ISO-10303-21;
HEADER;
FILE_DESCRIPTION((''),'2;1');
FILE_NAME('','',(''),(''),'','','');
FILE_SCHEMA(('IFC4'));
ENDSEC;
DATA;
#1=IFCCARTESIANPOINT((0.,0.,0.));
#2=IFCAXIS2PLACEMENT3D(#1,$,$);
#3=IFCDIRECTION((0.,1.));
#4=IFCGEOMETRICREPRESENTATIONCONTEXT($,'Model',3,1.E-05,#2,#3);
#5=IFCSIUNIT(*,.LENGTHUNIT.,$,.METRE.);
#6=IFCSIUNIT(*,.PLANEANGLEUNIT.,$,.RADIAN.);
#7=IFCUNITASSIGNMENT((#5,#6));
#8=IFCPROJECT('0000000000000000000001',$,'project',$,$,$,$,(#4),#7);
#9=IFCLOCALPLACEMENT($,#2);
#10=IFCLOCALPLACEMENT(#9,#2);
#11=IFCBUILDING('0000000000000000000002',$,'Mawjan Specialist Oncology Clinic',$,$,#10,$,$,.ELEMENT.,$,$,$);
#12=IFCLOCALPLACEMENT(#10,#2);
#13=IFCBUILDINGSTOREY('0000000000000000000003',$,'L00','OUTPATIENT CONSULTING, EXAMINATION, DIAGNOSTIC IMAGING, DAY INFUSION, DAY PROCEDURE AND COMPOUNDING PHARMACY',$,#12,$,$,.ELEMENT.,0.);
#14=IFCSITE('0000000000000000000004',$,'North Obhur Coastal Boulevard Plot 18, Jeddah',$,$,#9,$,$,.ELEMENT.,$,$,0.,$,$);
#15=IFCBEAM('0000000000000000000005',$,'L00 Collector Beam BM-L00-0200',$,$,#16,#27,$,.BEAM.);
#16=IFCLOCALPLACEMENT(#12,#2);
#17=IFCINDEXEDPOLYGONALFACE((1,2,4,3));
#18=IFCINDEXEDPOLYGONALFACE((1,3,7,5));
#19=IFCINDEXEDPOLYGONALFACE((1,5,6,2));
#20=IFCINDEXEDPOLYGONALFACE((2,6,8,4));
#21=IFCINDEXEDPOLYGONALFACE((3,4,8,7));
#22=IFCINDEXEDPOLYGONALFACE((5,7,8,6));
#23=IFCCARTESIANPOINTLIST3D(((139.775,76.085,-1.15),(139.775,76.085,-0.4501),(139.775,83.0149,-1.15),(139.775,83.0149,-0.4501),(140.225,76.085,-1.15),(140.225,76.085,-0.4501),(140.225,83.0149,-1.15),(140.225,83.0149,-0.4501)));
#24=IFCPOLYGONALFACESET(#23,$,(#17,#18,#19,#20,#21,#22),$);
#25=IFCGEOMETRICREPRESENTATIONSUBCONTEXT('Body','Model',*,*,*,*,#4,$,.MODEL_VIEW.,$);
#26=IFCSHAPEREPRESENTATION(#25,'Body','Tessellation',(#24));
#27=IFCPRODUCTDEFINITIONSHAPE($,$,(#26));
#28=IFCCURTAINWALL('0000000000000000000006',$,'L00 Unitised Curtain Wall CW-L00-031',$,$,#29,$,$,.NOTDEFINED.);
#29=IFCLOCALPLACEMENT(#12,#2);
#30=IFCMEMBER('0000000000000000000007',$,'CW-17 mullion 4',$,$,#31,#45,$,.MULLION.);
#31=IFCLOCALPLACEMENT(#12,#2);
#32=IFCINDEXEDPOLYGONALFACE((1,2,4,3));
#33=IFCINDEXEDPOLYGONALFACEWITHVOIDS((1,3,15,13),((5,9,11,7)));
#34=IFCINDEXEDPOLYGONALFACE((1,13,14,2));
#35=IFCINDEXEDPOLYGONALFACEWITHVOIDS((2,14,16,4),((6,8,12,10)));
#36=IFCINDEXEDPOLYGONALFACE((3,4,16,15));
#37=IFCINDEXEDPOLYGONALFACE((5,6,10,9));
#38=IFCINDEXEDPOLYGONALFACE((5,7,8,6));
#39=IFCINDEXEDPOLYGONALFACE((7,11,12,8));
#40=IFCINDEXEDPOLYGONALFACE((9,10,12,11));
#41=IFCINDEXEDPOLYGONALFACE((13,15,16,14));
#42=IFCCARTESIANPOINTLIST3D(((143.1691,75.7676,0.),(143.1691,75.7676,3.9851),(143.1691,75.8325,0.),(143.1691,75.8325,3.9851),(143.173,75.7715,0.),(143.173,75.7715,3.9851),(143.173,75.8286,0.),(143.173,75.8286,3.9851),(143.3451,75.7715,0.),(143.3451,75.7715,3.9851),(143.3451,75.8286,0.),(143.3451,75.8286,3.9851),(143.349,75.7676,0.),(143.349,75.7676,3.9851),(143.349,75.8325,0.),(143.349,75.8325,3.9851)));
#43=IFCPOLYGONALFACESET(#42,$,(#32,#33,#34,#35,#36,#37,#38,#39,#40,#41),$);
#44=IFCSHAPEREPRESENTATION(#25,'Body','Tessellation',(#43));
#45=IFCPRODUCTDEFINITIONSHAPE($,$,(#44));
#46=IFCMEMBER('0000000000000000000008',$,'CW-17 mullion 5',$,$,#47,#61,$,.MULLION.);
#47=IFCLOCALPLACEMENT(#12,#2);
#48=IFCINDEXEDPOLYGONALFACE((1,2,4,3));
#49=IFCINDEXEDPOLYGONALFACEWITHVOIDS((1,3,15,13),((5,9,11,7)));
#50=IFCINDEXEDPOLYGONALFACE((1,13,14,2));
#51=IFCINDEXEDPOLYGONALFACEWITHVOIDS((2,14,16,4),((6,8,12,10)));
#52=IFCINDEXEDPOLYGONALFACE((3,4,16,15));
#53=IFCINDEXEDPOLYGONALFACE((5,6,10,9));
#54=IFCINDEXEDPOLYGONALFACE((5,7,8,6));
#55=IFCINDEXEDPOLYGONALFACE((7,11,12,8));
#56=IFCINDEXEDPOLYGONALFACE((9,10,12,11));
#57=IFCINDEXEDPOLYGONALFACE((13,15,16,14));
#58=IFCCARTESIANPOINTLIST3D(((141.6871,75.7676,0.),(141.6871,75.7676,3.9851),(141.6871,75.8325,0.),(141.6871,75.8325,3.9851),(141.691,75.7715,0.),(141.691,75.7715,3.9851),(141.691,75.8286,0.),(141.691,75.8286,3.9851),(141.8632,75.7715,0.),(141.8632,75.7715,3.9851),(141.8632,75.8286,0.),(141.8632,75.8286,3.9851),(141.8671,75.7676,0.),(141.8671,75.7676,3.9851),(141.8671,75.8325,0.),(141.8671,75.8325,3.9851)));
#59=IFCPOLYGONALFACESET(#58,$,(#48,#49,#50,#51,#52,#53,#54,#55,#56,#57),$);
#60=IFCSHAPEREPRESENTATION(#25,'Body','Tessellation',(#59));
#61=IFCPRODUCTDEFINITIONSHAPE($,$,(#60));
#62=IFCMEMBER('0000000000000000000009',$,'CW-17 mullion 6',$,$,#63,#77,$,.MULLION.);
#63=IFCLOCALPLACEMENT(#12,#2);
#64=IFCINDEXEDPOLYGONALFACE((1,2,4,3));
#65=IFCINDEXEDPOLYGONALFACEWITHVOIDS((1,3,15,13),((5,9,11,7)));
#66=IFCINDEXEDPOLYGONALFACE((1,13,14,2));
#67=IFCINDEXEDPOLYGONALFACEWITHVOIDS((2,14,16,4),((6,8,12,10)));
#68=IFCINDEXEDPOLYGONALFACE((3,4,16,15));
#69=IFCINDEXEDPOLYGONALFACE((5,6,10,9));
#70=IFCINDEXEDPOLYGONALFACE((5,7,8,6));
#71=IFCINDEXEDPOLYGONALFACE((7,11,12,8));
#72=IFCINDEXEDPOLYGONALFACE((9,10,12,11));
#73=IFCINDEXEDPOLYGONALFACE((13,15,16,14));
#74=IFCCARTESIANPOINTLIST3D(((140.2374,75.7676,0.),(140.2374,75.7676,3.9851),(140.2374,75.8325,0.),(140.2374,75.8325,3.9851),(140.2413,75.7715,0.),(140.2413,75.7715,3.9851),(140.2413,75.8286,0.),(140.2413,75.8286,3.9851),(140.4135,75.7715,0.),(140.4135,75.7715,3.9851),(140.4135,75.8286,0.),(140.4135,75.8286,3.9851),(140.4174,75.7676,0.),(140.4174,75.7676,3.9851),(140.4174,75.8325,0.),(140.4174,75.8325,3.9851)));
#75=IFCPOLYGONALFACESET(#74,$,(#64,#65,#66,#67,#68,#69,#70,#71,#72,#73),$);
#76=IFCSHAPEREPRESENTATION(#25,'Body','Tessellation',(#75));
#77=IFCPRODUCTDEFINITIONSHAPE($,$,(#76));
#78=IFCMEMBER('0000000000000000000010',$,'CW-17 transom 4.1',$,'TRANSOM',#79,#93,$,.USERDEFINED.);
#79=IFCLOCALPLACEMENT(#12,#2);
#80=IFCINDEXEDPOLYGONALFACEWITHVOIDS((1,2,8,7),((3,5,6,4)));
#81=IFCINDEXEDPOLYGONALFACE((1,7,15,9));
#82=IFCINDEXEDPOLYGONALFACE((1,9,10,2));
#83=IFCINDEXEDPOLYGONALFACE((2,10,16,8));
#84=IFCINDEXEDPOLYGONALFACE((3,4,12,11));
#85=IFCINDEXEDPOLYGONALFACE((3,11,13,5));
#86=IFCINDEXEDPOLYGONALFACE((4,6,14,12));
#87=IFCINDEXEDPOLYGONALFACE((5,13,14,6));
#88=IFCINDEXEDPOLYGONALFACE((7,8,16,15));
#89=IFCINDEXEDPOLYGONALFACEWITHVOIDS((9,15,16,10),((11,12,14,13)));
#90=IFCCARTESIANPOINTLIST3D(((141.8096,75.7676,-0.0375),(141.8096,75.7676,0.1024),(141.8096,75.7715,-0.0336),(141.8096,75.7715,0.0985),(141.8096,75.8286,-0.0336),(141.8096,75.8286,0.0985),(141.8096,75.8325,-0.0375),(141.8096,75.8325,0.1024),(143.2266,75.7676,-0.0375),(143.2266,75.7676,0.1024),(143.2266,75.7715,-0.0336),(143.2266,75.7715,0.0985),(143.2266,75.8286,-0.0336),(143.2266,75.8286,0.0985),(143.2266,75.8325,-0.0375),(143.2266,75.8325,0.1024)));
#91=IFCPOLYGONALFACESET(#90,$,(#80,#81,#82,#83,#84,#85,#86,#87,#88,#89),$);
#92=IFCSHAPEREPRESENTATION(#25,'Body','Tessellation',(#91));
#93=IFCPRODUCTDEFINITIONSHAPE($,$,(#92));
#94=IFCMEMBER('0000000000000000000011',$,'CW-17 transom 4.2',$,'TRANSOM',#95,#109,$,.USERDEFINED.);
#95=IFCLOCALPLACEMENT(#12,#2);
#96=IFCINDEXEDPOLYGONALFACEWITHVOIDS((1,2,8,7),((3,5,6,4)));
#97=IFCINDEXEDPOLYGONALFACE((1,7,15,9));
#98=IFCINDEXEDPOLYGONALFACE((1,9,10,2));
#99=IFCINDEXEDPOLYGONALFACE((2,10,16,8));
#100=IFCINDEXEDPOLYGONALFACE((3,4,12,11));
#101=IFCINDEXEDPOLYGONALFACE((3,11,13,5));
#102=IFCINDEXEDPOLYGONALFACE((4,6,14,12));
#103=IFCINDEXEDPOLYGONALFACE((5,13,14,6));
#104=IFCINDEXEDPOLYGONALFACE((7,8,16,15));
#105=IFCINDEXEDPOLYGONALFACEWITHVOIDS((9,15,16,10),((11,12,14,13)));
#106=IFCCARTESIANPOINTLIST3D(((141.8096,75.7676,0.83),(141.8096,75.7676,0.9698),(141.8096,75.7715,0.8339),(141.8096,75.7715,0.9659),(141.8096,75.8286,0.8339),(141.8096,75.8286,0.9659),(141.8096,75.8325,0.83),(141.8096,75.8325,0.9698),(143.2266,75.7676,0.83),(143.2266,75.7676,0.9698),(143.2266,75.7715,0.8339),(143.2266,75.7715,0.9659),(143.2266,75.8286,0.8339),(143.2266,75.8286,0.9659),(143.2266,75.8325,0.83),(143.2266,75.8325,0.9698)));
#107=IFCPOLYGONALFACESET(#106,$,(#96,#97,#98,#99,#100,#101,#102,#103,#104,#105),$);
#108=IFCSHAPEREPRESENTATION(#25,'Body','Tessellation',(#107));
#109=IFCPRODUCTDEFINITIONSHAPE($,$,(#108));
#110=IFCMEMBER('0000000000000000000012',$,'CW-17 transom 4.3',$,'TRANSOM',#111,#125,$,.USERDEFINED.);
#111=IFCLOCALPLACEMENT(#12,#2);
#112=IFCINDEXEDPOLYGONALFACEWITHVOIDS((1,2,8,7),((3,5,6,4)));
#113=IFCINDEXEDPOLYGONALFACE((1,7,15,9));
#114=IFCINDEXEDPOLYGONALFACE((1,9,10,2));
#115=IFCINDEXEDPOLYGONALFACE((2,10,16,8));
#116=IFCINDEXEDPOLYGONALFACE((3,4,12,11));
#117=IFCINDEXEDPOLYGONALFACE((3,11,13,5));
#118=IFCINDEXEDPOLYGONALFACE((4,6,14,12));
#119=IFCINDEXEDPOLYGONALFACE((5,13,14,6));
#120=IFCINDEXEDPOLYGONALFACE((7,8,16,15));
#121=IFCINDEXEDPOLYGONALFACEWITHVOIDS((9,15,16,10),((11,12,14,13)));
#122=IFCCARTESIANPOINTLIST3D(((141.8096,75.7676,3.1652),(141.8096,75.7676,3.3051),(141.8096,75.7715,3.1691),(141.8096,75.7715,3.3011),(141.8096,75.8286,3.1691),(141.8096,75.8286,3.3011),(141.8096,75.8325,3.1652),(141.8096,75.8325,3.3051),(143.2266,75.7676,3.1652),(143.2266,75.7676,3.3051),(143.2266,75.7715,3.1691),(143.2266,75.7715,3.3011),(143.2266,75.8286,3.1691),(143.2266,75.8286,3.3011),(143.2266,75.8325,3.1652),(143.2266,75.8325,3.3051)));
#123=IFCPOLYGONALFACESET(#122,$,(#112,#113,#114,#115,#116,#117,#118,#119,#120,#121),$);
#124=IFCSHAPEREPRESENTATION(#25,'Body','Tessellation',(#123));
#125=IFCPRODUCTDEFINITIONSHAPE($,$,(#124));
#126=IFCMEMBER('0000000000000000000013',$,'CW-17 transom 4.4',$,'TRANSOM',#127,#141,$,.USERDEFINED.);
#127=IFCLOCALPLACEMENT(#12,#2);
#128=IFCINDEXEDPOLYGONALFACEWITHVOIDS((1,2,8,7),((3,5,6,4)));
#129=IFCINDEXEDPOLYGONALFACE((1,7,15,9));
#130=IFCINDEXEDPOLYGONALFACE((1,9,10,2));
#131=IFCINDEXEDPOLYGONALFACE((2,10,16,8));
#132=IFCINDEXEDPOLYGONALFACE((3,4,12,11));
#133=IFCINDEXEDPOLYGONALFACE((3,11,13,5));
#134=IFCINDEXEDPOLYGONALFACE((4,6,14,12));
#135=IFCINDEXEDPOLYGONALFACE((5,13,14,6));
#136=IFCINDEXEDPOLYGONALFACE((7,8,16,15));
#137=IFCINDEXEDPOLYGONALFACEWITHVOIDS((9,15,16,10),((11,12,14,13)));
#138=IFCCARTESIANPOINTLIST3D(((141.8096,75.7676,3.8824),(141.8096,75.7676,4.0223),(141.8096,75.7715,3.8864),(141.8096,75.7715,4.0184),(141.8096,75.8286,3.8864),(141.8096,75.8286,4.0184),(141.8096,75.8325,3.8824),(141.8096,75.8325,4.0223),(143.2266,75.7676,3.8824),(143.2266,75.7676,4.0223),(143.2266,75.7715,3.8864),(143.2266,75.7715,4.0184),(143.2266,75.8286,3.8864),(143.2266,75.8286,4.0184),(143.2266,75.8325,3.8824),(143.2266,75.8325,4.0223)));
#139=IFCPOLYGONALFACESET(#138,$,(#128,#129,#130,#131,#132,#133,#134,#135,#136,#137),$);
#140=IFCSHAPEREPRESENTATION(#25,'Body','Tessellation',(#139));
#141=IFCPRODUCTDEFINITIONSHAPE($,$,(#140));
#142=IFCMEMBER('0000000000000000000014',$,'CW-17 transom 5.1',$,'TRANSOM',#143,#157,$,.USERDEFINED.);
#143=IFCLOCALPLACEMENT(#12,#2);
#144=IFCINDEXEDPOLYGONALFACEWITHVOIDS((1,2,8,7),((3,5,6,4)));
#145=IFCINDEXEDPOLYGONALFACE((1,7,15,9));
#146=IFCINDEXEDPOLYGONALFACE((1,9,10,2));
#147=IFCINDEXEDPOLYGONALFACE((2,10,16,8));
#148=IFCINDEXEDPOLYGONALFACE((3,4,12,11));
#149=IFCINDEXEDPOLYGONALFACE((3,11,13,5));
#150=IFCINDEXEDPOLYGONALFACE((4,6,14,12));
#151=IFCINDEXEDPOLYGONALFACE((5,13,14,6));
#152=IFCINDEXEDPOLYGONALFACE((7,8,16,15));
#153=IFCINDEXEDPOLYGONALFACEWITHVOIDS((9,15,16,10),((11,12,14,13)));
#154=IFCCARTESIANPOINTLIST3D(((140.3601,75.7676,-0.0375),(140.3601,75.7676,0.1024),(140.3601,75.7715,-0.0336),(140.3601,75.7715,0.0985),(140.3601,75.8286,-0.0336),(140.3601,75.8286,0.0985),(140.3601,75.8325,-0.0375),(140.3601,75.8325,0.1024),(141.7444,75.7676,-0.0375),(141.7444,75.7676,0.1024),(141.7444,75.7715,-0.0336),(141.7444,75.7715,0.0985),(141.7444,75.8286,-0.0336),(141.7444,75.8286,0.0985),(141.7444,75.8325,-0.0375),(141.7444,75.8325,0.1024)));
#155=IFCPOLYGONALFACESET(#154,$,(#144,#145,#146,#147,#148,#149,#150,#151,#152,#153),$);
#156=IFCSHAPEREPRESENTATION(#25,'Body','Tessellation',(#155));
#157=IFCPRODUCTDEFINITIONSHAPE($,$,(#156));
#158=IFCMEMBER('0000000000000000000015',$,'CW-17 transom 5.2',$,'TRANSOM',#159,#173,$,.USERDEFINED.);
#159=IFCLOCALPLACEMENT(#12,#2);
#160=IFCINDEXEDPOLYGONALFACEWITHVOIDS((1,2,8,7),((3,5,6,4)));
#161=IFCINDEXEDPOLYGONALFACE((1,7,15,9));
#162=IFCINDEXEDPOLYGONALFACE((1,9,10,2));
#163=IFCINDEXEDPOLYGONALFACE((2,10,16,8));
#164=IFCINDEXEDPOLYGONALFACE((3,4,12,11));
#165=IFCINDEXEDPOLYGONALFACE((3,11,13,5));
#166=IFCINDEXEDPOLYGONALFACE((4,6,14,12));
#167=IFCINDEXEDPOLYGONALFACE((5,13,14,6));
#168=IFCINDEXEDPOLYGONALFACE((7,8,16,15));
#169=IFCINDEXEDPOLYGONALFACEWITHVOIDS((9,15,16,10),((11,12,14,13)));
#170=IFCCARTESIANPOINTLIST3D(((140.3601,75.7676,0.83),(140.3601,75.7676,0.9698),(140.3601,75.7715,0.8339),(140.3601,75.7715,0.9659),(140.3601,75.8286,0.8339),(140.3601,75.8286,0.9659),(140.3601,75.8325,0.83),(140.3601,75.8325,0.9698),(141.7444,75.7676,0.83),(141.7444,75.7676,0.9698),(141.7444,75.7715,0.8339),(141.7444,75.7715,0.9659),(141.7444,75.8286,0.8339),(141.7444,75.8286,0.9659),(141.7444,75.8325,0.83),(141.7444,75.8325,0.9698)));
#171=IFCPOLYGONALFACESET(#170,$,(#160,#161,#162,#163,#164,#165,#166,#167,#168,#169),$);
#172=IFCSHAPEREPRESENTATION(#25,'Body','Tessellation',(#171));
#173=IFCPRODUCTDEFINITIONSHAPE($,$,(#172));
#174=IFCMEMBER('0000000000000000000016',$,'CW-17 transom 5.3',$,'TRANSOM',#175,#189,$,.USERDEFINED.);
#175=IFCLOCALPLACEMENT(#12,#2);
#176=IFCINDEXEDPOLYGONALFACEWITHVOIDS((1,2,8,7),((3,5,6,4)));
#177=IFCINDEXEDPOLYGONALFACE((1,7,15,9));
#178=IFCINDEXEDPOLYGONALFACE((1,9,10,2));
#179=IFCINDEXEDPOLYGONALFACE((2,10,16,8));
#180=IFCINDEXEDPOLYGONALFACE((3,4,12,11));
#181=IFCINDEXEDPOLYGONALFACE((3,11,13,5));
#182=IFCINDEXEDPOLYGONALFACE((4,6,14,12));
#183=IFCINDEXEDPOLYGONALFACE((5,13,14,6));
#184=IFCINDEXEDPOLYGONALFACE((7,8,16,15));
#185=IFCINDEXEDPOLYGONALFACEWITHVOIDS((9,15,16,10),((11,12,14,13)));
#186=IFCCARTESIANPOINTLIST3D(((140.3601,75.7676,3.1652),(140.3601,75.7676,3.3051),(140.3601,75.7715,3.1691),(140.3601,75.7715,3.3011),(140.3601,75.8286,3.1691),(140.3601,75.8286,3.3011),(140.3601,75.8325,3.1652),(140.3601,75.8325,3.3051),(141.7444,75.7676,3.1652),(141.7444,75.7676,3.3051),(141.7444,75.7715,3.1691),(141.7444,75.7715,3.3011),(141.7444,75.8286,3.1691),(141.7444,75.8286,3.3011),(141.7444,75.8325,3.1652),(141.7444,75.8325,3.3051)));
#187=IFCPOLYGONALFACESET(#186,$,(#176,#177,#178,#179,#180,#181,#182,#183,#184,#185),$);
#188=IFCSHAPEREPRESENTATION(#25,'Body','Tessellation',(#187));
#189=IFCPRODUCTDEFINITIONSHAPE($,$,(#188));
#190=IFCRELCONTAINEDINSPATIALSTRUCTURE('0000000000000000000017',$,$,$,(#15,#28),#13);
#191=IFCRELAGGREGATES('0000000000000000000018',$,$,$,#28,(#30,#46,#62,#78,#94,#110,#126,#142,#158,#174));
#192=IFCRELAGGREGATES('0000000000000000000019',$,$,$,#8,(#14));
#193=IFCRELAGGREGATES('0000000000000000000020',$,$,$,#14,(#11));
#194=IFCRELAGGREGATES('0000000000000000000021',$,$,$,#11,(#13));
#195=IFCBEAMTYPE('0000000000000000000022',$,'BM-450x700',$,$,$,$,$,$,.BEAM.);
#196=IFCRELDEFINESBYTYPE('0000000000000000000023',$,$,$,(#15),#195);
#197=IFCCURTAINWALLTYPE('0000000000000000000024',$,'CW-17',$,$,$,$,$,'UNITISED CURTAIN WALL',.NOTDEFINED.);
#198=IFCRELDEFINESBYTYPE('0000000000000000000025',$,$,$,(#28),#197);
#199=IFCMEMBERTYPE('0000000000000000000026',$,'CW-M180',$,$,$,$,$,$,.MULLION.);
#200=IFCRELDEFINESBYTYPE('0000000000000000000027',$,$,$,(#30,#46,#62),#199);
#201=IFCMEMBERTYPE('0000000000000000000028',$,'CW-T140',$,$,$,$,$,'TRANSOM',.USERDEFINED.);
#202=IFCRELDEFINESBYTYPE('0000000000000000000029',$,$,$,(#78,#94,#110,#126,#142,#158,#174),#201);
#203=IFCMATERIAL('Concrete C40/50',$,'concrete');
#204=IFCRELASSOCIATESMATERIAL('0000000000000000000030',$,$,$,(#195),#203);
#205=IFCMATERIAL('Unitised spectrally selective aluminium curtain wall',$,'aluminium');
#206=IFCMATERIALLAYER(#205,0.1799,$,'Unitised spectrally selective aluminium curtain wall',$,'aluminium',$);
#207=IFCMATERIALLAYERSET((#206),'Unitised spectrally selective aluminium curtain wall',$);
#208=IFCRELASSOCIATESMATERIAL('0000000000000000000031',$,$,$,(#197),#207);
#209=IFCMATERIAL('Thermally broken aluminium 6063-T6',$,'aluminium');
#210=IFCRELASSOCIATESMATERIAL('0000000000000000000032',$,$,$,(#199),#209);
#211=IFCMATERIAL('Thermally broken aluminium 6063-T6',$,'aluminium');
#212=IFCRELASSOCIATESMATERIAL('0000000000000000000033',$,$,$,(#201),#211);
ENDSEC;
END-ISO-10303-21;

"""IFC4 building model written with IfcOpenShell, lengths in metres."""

from ifc_helpers import new_model, si_unit, direction, frame, origin, origin_2d, place, context, subcontext, project, spatial, rectangle, hollow_rectangle, extrude, material, layer, layer_set, material_profile, profile_set, type_object, element, aggregate, save


model = new_model("IFC4")

# Units and contexts
model_context = context("Model", 3, precision=1e-05, world=origin(), true_north=direction((0.0, 1.0)))
body_context = subcontext(model_context, "Body", "Model", "MODEL_VIEW")
ifc_project = project(units=[si_unit("LENGTHUNIT", "METRE"), si_unit("PLANEANGLEUNIT", "RADIAN")], contexts=[model_context])

# Site, building, storey
site_placement = place(None, origin())
site = spatial("IfcSite", under=ifc_project, at=site_placement, Name="North Obhur Coastal Boulevard Plot 18, Jeddah", CompositionType="ELEMENT", RefElevation=0.0)
building_placement = place(site_placement, origin())
building = spatial("IfcBuilding", under=site, at=building_placement, Name="Mawjan Specialist Oncology Clinic", CompositionType="ELEMENT")
storey_placement = place(building_placement, origin())
storey = spatial("IfcBuildingStorey", under=building, at=storey_placement, Name="L00", Description="OUTPATIENT CONSULTING, EXAMINATION, DIAGNOSTIC IMAGING, DAY INFUSION, DAY PROCEDURE AND COMPOUNDING PHARMACY", CompositionType="ELEMENT", Elevation=0.0)

# Beam
ifc_material_1 = material(Name="Concrete C40/50", Category="concrete")
ifc_material_profile_1 = material_profile(ifc_material_1, rectangle(XDim=0.45, YDim=0.7, at=origin_2d()), Name="RC BM 450x700", Category="concrete")
ifc_profile_set_1 = profile_set([ifc_material_profile_1], Name="Concrete C40/50")
beam_type_1 = type_object("IfcBeamType", Name="BM-450x700", PredefinedType="BEAM", material=ifc_profile_set_1)
beam_1_placement = place(storey_placement, frame((140.0, 76.085, -0.8), z_axis=(0.0, 1.0, 0.0), x_axis=(-1.0, 0.0, 0.0)))
element("IfcBeam", 1, at=beam_1_placement, inside=storey, type_object=beam_type_1, Name="L00 Collector Beam BM-L00-0200", PredefinedType="BEAM", context=body_context, shape_type="SweptSolid", body=[
    extrude(rectangle(XDim=0.45, YDim=0.7, at=origin_2d()), origin(), (0.0, 0.0, 1.0), 6.9299),
])

# Curtain wall, members
ifc_material_2 = material(Name="Unitised spectrally selective aluminium curtain wall", Category="aluminium")
ifc_layer_1 = layer(ifc_material_2, 0.1799, Name="Unitised spectrally selective aluminium curtain wall", Category="aluminium")
ifc_layer_set_1 = layer_set([ifc_layer_1], Name="Unitised spectrally selective aluminium curtain wall")
curtain_wall_type = type_object("IfcCurtainWallType", Name="CW-17", ElementType="UNITISED CURTAIN WALL", PredefinedType="NOTDEFINED", material=ifc_layer_set_1)
curtain_wall_placement = place(storey_placement, origin())
curtain_wall = element("IfcCurtainWall", 2, at=curtain_wall_placement, inside=storey, type_object=curtain_wall_type, Name="L00 Unitised Curtain Wall CW-L00-031", PredefinedType="NOTDEFINED")
ifc_material_3 = material(Name="Thermally broken aluminium 6063-T6", Category="aluminium")
ifc_material_profile_2 = material_profile(ifc_material_3, hollow_rectangle(XDim=0.0649, YDim=0.1799, WallThickness=0.0039, at=origin_2d()), Name="ALU MULLION 180x65x4", Category="aluminium")
ifc_profile_set_2 = profile_set([ifc_material_profile_2], Name="Thermally broken aluminium 6063-T6")
member_type_1 = type_object("IfcMemberType", Name="CW-M180", PredefinedType="MULLION", material=ifc_profile_set_2)
member_1_placement = place(storey_placement, frame((143.259, 75.8, 0.0), z_axis=(0.0, 0.0, 1.0), x_axis=(0.0, -1.0, 0.0)))
member_1 = element("IfcMember", 3, at=member_1_placement, type_object=member_type_1, Name="CW-17 mullion 4", PredefinedType="MULLION", context=body_context, shape_type="SweptSolid", body=[
    extrude(hollow_rectangle(XDim=0.0649, YDim=0.1799, WallThickness=0.0039, at=origin_2d()), origin(), (0.0, 0.0, 1.0), 3.9851),
])
member_2_placement = place(storey_placement, frame((141.7771, 75.8, 0.0), z_axis=(0.0, 0.0, 1.0), x_axis=(0.0, -1.0, 0.0)))
member_2 = element("IfcMember", 4, at=member_2_placement, type_object=member_type_1, Name="CW-17 mullion 5", PredefinedType="MULLION", context=body_context, shape_type="SweptSolid", body=[
    extrude(hollow_rectangle(XDim=0.0649, YDim=0.1799, WallThickness=0.0039, at=origin_2d()), origin(), (0.0, 0.0, 1.0), 3.9851),
])
member_3_placement = place(storey_placement, frame((140.3274, 75.8, 0.0), z_axis=(0.0, 0.0, 1.0), x_axis=(0.0, -1.0, 0.0)))
member_3 = element("IfcMember", 5, at=member_3_placement, type_object=member_type_1, Name="CW-17 mullion 6", PredefinedType="MULLION", context=body_context, shape_type="SweptSolid", body=[
    extrude(hollow_rectangle(XDim=0.0649, YDim=0.1799, WallThickness=0.0039, at=origin_2d()), origin(), (0.0, 0.0, 1.0), 3.9851),
])
ifc_material_4 = material(Name="Thermally broken aluminium 6063-T6", Category="aluminium")
ifc_material_profile_3 = material_profile(ifc_material_4, hollow_rectangle(XDim=0.0649, YDim=0.1399, WallThickness=0.0039, at=origin_2d()), Name="ALU TRANSOM 140x65x4", Category="aluminium")
ifc_profile_set_3 = profile_set([ifc_material_profile_3], Name="Thermally broken aluminium 6063-T6")
member_type_2 = type_object("IfcMemberType", Name="CW-T140", ElementType="TRANSOM", PredefinedType="USERDEFINED", material=ifc_profile_set_3)
member_4_placement = place(storey_placement, frame((143.2266, 75.8, 0.0325), z_axis=(-1.0, 0.0, 0.0), x_axis=(0.0, -1.0, 0.0)))
member_4 = element("IfcMember", 6, at=member_4_placement, type_object=member_type_2, Name="CW-17 transom 4.1", ObjectType="TRANSOM", PredefinedType="USERDEFINED", context=body_context, shape_type="SweptSolid", body=[
    extrude(hollow_rectangle(XDim=0.0649, YDim=0.1399, WallThickness=0.0039, at=origin_2d()), origin(), (0.0, 0.0, 1.0), 1.417),
])
member_5_placement = place(storey_placement, frame((143.2266, 75.8, 0.8999), z_axis=(-1.0, 0.0, 0.0), x_axis=(0.0, -1.0, 0.0)))
member_5 = element("IfcMember", 7, at=member_5_placement, type_object=member_type_2, Name="CW-17 transom 4.2", ObjectType="TRANSOM", PredefinedType="USERDEFINED", context=body_context, shape_type="SweptSolid", body=[
    extrude(hollow_rectangle(XDim=0.0649, YDim=0.1399, WallThickness=0.0039, at=origin_2d()), origin(), (0.0, 0.0, 1.0), 1.417),
])
member_6_placement = place(storey_placement, frame((143.2266, 75.8, 3.2351), z_axis=(-1.0, 0.0, 0.0), x_axis=(0.0, -1.0, 0.0)))
member_6 = element("IfcMember", 8, at=member_6_placement, type_object=member_type_2, Name="CW-17 transom 4.3", ObjectType="TRANSOM", PredefinedType="USERDEFINED", context=body_context, shape_type="SweptSolid", body=[
    extrude(hollow_rectangle(XDim=0.0649, YDim=0.1399, WallThickness=0.0039, at=origin_2d()), origin(), (0.0, 0.0, 1.0), 1.417),
])
member_7_placement = place(storey_placement, frame((143.2266, 75.8, 3.9524), z_axis=(-1.0, 0.0, 0.0), x_axis=(0.0, -1.0, 0.0)))
member_7 = element("IfcMember", 9, at=member_7_placement, type_object=member_type_2, Name="CW-17 transom 4.4", ObjectType="TRANSOM", PredefinedType="USERDEFINED", context=body_context, shape_type="SweptSolid", body=[
    extrude(hollow_rectangle(XDim=0.0649, YDim=0.1399, WallThickness=0.0039, at=origin_2d()), origin(), (0.0, 0.0, 1.0), 1.417),
])
member_8_placement = place(storey_placement, frame((141.7444, 75.8, 0.0325), z_axis=(-1.0, 0.0, 0.0), x_axis=(0.0, -1.0, 0.0)))
member_8 = element("IfcMember", 10, at=member_8_placement, type_object=member_type_2, Name="CW-17 transom 5.1", ObjectType="TRANSOM", PredefinedType="USERDEFINED", context=body_context, shape_type="SweptSolid", body=[
    extrude(hollow_rectangle(XDim=0.0649, YDim=0.1399, WallThickness=0.0039, at=origin_2d()), origin(), (0.0, 0.0, 1.0), 1.3843),
])
member_9_placement = place(storey_placement, frame((141.7444, 75.8, 0.8999), z_axis=(-1.0, 0.0, 0.0), x_axis=(0.0, -1.0, 0.0)))
member_9 = element("IfcMember", 11, at=member_9_placement, type_object=member_type_2, Name="CW-17 transom 5.2", ObjectType="TRANSOM", PredefinedType="USERDEFINED", context=body_context, shape_type="SweptSolid", body=[
    extrude(hollow_rectangle(XDim=0.0649, YDim=0.1399, WallThickness=0.0039, at=origin_2d()), origin(), (0.0, 0.0, 1.0), 1.3843),
])
member_10_placement = place(storey_placement, frame((141.7444, 75.8, 3.2351), z_axis=(-1.0, 0.0, 0.0), x_axis=(0.0, -1.0, 0.0)))
member_10 = element("IfcMember", 12, at=member_10_placement, type_object=member_type_2, Name="CW-17 transom 5.3", ObjectType="TRANSOM", PredefinedType="USERDEFINED", context=body_context, shape_type="SweptSolid", body=[
    extrude(hollow_rectangle(XDim=0.0649, YDim=0.1399, WallThickness=0.0039, at=origin_2d()), origin(), (0.0, 0.0, 1.0), 1.3843),
])

aggregate(curtain_wall, [member_1, member_2, member_3, member_4, member_5, member_6, member_7, member_8, member_9, member_10])

save(model, "model.ifc")
